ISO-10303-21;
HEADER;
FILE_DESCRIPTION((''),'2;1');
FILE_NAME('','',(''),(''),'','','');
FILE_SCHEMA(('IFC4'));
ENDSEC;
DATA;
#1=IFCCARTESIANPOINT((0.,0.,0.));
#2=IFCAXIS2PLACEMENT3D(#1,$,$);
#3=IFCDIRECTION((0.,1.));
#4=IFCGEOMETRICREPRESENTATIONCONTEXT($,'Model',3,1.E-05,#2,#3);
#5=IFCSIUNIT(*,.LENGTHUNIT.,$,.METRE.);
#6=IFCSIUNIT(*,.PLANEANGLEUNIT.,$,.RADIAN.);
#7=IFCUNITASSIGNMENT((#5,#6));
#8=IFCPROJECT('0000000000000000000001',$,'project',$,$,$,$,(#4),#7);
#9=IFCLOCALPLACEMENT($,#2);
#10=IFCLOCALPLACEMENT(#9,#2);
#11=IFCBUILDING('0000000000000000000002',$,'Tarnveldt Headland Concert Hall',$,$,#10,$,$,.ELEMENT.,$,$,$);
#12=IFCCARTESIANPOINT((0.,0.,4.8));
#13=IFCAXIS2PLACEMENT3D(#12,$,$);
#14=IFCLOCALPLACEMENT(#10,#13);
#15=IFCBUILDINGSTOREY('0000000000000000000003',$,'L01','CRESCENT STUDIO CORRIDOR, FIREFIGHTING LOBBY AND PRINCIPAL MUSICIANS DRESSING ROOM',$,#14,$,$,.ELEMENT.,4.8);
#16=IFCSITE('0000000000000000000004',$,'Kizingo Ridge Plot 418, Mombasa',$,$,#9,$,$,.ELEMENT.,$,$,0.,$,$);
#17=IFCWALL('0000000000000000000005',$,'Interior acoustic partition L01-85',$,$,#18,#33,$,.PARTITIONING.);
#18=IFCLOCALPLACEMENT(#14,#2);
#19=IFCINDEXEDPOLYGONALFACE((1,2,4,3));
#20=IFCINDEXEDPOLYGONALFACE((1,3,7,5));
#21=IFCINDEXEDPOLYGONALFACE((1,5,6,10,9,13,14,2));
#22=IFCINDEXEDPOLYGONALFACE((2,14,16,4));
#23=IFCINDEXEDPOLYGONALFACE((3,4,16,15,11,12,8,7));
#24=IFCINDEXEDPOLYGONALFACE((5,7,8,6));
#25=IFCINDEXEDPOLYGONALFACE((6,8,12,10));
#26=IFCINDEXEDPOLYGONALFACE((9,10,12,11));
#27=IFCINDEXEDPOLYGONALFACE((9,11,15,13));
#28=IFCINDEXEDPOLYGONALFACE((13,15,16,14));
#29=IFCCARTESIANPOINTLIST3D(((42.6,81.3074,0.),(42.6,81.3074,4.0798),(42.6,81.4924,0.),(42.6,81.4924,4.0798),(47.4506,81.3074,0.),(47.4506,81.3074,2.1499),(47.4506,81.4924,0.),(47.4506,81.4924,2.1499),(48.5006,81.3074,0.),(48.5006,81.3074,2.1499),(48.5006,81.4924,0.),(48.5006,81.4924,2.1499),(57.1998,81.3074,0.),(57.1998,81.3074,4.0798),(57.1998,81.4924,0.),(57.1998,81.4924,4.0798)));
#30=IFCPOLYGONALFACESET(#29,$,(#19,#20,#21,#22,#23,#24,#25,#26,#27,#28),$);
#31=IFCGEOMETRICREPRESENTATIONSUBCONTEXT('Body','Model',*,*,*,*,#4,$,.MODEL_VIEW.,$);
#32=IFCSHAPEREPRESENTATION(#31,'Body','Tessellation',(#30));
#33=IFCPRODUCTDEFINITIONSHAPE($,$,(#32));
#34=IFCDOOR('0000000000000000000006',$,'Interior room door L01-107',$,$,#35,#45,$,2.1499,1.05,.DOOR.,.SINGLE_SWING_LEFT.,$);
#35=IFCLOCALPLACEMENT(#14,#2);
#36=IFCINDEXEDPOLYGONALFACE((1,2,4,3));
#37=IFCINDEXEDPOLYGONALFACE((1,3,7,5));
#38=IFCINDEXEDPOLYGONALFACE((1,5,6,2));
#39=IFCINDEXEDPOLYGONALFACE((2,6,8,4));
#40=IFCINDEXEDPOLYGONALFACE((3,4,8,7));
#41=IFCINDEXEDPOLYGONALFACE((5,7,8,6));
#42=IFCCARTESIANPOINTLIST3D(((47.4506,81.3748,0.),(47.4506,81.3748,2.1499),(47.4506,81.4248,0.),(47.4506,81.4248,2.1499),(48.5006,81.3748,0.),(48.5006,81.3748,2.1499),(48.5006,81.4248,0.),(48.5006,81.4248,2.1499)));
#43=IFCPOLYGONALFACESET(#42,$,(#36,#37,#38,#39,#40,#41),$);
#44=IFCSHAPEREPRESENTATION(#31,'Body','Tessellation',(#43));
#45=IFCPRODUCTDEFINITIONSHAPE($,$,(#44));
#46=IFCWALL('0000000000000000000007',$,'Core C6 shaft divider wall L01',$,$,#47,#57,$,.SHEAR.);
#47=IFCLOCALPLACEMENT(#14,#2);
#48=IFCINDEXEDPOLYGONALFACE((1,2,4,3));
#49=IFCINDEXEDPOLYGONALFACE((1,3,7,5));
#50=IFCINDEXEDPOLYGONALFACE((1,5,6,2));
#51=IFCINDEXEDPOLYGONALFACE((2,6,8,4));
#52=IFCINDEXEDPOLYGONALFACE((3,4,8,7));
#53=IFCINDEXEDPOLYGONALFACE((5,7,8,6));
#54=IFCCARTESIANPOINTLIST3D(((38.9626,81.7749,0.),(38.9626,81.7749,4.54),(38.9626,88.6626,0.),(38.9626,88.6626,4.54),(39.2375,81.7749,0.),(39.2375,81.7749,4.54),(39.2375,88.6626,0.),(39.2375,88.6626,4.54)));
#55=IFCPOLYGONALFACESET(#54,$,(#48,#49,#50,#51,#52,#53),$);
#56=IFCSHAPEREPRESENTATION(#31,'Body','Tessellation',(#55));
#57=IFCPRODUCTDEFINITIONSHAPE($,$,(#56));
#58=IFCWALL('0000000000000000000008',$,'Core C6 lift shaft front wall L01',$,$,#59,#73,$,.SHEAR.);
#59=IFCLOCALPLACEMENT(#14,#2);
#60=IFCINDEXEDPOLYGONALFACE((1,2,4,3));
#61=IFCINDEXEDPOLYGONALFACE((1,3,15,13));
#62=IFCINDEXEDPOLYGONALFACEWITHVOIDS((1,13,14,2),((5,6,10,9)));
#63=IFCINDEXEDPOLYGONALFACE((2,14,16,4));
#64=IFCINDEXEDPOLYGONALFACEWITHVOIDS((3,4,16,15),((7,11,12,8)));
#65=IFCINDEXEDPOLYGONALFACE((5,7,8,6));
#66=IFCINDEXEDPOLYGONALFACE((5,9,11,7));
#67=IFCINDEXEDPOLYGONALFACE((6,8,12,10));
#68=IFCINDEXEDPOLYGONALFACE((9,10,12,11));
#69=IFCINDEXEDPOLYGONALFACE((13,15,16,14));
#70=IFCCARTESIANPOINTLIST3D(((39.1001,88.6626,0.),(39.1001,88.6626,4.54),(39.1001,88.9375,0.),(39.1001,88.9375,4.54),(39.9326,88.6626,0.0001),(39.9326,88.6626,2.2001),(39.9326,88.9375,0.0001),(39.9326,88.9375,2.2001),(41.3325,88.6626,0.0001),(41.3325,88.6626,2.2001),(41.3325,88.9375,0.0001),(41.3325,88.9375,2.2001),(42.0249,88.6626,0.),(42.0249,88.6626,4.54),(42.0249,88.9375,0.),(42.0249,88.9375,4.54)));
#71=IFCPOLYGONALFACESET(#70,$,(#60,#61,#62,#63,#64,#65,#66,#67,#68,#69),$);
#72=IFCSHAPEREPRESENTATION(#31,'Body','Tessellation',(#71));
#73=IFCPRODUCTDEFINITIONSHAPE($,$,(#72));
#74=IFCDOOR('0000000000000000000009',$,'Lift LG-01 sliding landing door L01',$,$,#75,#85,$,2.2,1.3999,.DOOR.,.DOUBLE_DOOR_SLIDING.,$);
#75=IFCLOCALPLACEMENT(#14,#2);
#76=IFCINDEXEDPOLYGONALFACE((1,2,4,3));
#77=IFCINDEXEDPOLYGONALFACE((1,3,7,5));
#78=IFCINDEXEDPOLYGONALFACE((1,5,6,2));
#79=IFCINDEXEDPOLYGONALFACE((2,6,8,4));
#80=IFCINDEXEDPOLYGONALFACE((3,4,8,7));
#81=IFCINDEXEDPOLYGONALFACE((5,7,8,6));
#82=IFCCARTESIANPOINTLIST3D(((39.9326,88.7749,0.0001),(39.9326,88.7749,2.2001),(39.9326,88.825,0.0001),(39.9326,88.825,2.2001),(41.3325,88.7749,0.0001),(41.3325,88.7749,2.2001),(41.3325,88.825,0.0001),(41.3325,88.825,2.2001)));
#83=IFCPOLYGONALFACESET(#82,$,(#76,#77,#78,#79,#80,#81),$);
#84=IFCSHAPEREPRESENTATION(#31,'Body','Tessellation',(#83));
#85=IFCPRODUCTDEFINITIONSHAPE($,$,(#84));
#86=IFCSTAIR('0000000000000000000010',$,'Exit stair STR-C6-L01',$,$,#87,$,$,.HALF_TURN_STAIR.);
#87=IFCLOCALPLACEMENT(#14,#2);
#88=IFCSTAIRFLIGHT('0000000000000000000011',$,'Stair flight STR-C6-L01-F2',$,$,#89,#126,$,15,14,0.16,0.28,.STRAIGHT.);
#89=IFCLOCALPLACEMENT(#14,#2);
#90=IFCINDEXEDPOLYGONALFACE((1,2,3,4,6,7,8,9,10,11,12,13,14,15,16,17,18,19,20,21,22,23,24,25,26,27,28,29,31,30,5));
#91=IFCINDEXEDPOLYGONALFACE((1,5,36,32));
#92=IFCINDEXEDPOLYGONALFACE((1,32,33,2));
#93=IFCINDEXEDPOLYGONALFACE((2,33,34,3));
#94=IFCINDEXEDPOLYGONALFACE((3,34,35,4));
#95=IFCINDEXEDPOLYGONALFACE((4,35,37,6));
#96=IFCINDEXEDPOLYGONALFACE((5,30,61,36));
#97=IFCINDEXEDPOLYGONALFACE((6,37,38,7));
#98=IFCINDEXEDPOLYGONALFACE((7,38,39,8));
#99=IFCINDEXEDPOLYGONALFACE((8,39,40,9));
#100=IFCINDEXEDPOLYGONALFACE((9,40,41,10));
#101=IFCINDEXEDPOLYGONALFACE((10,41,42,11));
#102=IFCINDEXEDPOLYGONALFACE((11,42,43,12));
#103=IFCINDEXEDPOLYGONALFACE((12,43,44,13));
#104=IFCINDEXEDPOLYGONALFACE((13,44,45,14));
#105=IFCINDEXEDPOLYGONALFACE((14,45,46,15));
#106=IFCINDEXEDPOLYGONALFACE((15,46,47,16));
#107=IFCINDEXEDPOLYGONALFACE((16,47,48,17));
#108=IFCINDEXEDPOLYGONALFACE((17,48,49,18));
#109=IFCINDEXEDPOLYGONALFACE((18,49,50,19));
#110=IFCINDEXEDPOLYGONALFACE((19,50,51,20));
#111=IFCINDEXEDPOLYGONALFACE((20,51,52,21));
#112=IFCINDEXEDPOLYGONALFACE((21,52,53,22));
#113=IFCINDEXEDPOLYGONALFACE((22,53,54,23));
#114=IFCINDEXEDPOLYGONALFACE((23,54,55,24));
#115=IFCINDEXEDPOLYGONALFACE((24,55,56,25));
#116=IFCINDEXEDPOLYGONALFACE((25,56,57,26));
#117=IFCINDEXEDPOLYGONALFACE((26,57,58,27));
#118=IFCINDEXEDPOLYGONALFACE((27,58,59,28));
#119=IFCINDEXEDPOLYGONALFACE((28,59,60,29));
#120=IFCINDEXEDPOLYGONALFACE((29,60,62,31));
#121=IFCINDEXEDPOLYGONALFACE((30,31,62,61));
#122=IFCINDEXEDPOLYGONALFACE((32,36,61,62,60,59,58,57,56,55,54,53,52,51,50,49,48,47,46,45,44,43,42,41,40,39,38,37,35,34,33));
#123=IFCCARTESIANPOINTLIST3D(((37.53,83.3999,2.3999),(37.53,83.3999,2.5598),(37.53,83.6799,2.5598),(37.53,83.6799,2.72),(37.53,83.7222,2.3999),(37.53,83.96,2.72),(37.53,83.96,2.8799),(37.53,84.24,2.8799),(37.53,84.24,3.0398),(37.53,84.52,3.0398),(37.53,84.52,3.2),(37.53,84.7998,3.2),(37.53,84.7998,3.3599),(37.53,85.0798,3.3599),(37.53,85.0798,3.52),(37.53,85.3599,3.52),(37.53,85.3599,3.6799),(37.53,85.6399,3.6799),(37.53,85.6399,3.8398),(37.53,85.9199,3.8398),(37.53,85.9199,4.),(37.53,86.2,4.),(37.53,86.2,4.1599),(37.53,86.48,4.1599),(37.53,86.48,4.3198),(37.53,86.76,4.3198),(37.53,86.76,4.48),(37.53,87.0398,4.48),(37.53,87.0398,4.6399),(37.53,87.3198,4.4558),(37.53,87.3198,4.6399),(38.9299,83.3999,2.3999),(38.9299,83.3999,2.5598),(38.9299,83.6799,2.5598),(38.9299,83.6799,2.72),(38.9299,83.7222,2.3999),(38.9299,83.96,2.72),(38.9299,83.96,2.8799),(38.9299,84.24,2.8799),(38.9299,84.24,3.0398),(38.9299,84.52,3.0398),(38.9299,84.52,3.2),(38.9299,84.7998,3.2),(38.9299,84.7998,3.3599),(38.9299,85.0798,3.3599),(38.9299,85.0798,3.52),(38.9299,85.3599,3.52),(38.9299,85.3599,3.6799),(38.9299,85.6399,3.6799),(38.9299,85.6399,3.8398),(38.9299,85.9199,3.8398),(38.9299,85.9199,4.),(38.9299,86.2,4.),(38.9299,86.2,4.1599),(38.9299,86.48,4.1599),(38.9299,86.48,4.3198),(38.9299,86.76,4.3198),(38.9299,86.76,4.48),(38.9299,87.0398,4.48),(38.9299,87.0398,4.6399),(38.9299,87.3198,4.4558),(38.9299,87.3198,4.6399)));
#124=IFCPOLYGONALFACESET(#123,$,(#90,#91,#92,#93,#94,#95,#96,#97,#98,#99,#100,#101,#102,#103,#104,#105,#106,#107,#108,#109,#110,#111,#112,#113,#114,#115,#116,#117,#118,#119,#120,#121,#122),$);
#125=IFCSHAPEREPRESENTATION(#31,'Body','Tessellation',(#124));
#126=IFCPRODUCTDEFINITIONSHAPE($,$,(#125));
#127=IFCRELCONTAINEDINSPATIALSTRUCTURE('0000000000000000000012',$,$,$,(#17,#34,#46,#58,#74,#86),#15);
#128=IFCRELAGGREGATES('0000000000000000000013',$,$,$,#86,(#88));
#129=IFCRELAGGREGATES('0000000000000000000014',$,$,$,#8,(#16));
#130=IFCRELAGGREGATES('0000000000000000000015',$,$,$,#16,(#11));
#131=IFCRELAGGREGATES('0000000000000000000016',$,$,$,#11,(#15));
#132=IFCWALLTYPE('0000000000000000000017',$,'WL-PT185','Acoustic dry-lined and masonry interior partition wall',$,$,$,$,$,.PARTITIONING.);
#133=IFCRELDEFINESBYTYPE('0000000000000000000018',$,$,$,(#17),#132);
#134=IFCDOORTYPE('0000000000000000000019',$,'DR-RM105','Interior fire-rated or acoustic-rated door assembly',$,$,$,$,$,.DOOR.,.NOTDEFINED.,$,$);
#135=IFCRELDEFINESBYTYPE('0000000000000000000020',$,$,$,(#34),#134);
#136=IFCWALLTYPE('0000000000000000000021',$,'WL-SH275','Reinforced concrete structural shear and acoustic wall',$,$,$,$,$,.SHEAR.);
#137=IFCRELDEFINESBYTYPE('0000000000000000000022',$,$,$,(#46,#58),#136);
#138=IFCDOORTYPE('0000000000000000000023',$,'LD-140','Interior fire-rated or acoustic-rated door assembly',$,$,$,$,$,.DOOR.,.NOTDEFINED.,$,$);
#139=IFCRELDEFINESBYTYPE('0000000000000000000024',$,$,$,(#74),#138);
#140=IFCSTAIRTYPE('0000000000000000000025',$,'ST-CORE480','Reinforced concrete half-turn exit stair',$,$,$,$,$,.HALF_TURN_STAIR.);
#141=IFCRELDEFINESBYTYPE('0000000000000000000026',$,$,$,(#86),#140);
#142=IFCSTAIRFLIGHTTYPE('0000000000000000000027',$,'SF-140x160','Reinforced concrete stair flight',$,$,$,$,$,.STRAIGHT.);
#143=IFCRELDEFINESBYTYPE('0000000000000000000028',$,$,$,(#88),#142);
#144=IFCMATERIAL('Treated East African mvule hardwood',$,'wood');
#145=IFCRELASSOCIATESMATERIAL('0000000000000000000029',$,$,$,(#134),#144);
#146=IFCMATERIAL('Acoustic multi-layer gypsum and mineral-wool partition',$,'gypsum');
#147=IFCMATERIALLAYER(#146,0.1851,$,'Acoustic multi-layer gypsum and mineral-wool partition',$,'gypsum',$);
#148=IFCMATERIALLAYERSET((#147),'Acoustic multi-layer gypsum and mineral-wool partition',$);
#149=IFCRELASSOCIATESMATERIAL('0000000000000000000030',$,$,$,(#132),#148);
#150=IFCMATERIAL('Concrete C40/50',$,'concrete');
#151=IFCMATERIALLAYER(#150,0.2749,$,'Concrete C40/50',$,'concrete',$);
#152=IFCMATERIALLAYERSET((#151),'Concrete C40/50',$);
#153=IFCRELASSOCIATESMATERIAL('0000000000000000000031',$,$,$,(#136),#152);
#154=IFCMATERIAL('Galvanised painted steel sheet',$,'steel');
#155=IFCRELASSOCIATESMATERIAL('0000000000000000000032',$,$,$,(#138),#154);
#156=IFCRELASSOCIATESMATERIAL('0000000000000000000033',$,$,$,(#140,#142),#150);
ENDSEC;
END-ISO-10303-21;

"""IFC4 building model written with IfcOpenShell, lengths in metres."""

from ifc_helpers import new_model, si_unit, direction, frame, frame_2d, origin, place, context, subcontext, project, spatial, polyline, rectangle, outline, extrude, material, layer, layer_set, type_object, element, fill, aggregate, save


model = new_model("IFC4")

# Units and contexts
model_context = context("Model", 3, precision=1e-05, world=origin(), true_north=direction((0.0, 1.0)))
body_context = subcontext(model_context, "Body", "Model", "MODEL_VIEW")
ifc_project = project(units=[si_unit("LENGTHUNIT", "METRE"), si_unit("PLANEANGLEUNIT", "RADIAN")], contexts=[model_context])

# Site, building, storey
site_placement = place(None, origin())
site = spatial("IfcSite", under=ifc_project, at=site_placement, Name="Kizingo Ridge Plot 418, Mombasa", CompositionType="ELEMENT", RefElevation=0.0)
building_placement = place(site_placement, origin())
building = spatial("IfcBuilding", under=site, at=building_placement, Name="Tarnveldt Headland Concert Hall", CompositionType="ELEMENT")
storey_placement = place(building_placement, frame((0.0, 0.0, 4.8)))
storey = spatial("IfcBuildingStorey", under=building, at=storey_placement, Name="L01", Description="CRESCENT STUDIO CORRIDOR, FIREFIGHTING LOBBY AND PRINCIPAL MUSICIANS DRESSING ROOM", CompositionType="ELEMENT", Elevation=4.8)

# Shared definitions
ifc_material_1 = material(Name="Concrete C40/50", Category="concrete")

# Shared definitions
ifc_material_2 = material(Name="Acoustic multi-layer gypsum and mineral-wool partition", Category="gypsum")
ifc_material_3 = material(Name="Treated East African mvule hardwood", Category="wood")
door_type_1 = type_object("IfcDoorType", Name="DR-RM105", Description="Interior fire-rated or acoustic-rated door assembly", OperationType="NOTDEFINED", PredefinedType="DOOR", material=ifc_material_3)

# Shared definitions
ifc_layer_1 = layer(ifc_material_2, 0.1851, Name="Acoustic multi-layer gypsum and mineral-wool partition", Category="gypsum")
ifc_layer_set_1 = layer_set([ifc_layer_1], Name="Acoustic multi-layer gypsum and mineral-wool partition")
wall_type_1 = type_object("IfcWallType", Name="WL-PT185", Description="Acoustic dry-lined and masonry interior partition wall", PredefinedType="PARTITIONING", material=ifc_layer_set_1)

# Wall, opening, door
wall_1_placement = place(storey_placement, frame((42.6001, 81.3999, 0.0), z_axis=(0.0, 0.0, 1.0), x_axis=(1.0, 0.0, 0.0)))
wall_1 = element("IfcWall", 1, at=wall_1_placement, inside=storey, type_object=wall_type_1, Name="Interior acoustic partition L01-85", PredefinedType="PARTITIONING", context=body_context, shape_type="SweptSolid", body=[
    extrude(rectangle(XDim=14.5999, YDim=0.1851, at=frame_2d((7.2998, 0.0))), origin(), (0.0, 0.0, 1.0), 4.0798),
])
opening_1_placement = place(wall_1_placement, frame((4.8506, 0.0, 0.0)))
opening_1 = element("IfcOpeningElement", 2, at=opening_1_placement, cuts=wall_1, PredefinedType="OPENING", context=body_context, shape_type="SweptSolid", body=[
    extrude(rectangle(XDim=1.05, YDim=2.1499, at=frame_2d((0.5249, 1.075))), frame((0.0, 0.1025, 0.0), z_axis=(0.0, -1.0, 0.0), x_axis=(1.0, 0.0, 0.0)), (0.0, 0.0, 1.0), 0.2051),
])
door_1_placement = place(opening_1_placement, origin())
door_1 = element("IfcDoor", 3, at=door_1_placement, inside=storey, type_object=door_type_1, Name="Interior room door L01-107", OperationType="SINGLE_SWING_LEFT", OverallHeight=2.1499, OverallWidth=1.05, PredefinedType="DOOR", context=body_context, shape_type="SweptSolid", body=[
    extrude(rectangle(XDim=1.05, YDim=2.1499, at=frame_2d((0.5249, 1.075))), frame((0.0, 0.0249, 0.0), z_axis=(0.0, -1.0, 0.0), x_axis=(1.0, 0.0, 0.0)), (0.0, 0.0, 1.0), 0.05),
])
fill(opening_1, door_1)

# Wall
ifc_layer_2 = layer(ifc_material_1, 0.2749, Name="Concrete C40/50", Category="concrete")
ifc_layer_set_2 = layer_set([ifc_layer_2], Name="Concrete C40/50")
wall_type_2 = type_object("IfcWallType", Name="WL-SH275", Description="Reinforced concrete structural shear and acoustic wall", PredefinedType="SHEAR", material=ifc_layer_set_2)
wall_2_placement = place(storey_placement, frame((39.1001, 81.7749, 0.0), z_axis=(0.0, 0.0, 1.0), x_axis=(0.0, 1.0, 0.0)))
element("IfcWall", 4, at=wall_2_placement, inside=storey, type_object=wall_type_2, Name="Core C6 shaft divider wall L01", PredefinedType="SHEAR", context=body_context, shape_type="SweptSolid", body=[
    extrude(rectangle(XDim=6.8877, YDim=0.2749, at=frame_2d((3.4438, 0.0))), origin(), (0.0, 0.0, 1.0), 4.54),
])

# Wall, opening, door
wall_3_placement = place(storey_placement, frame((39.1001, 88.8, 0.0), z_axis=(0.0, 0.0, 1.0), x_axis=(1.0, 0.0, 0.0)))
wall_3 = element("IfcWall", 5, at=wall_3_placement, inside=storey, type_object=wall_type_2, Name="Core C6 lift shaft front wall L01", PredefinedType="SHEAR", context=body_context, shape_type="SweptSolid", body=[
    extrude(rectangle(XDim=2.9248, YDim=0.2749, at=frame_2d((1.4624, 0.0))), origin(), (0.0, 0.0, 1.0), 4.54),
])
opening_2_placement = place(wall_3_placement, frame((0.8325, 0.0, 0.0)))
opening_2 = element("IfcOpeningElement", 6, at=opening_2_placement, cuts=wall_3, PredefinedType="OPENING", context=body_context, shape_type="SweptSolid", body=[
    extrude(rectangle(XDim=1.3999, YDim=2.2, at=frame_2d((0.7, 1.1001))), frame((0.0, 0.1475, 0.0), z_axis=(0.0, -1.0, 0.0), x_axis=(1.0, 0.0, 0.0)), (0.0, 0.0, 1.0), 0.2949),
])
ifc_material_4 = material(Name="Galvanised painted steel sheet", Category="steel")
door_type_2 = type_object("IfcDoorType", Name="LD-140", Description="Interior fire-rated or acoustic-rated door assembly", OperationType="NOTDEFINED", PredefinedType="DOOR", material=ifc_material_4)
door_2_placement = place(opening_2_placement, origin())
door_2 = element("IfcDoor", 7, at=door_2_placement, inside=storey, type_object=door_type_2, Name="Lift LG-01 sliding landing door L01", OperationType="DOUBLE_DOOR_SLIDING", OverallHeight=2.2, OverallWidth=1.3999, PredefinedType="DOOR", context=body_context, shape_type="SweptSolid", body=[
    extrude(rectangle(XDim=1.3999, YDim=2.2, at=frame_2d((0.7, 1.1001))), frame((0.0, 0.0249, 0.0), z_axis=(0.0, -1.0, 0.0), x_axis=(1.0, 0.0, 0.0)), (0.0, 0.0, 1.0), 0.05),
])
fill(opening_2, door_2)

# Stair, stair flight
stair_type = type_object("IfcStairType", Name="ST-CORE480", Description="Reinforced concrete half-turn exit stair", PredefinedType="HALF_TURN_STAIR", material=ifc_material_1)
stair_placement = place(storey_placement, origin())
stair = element("IfcStair", 8, at=stair_placement, inside=storey, type_object=stair_type, Name="Exit stair STR-C6-L01", PredefinedType="HALF_TURN_STAIR")
stair_flight_type = type_object("IfcStairFlightType", Name="SF-140x160", Description="Reinforced concrete stair flight", PredefinedType="STRAIGHT", material=ifc_material_1)
stair_flight_placement = place(storey_placement, frame((38.23, 83.3999, 2.3999), z_axis=(0.0, 0.0, 1.0), x_axis=(0.0, 1.0, 0.0)))
stair_flight = element("IfcStairFlight", 9, at=stair_flight_placement, type_object=stair_flight_type, Name="Stair flight STR-C6-L01-F2", NumberOfRisers=15, NumberOfTreads=14, PredefinedType="STRAIGHT", RiserHeight=0.16, TreadLength=0.28, context=body_context, shape_type="SweptSolid", body=[
    extrude(outline(polyline([(0.0, 0.0), (0.0, 0.1599), (0.28, 0.1599), (0.28, 0.3201), (0.5601, 0.3201), (0.5601, 0.48), (0.8401, 0.48), (0.8401, 0.6399), (1.1201, 0.6399), (1.1201, 0.8), (1.3999, 0.8), (1.3999, 0.96), (1.6799, 0.96), (1.6799, 1.1201), (1.96, 1.1201), (1.96, 1.28), (2.24, 1.28), (2.24, 1.4399), (2.52, 1.4399), (2.52, 1.6001), (2.8, 1.6001), (2.8, 1.76), (3.0801, 1.76), (3.0801, 1.9199), (3.3601, 1.9199), (3.3601, 2.0801), (3.6399, 2.0801), (3.6399, 2.24), (3.9199, 2.24), (3.9199, 2.3999), (3.9199, 2.0559), (0.3223, 0.0), (0.0, 0.0)])), frame((0.0, 0.7, 0.0), z_axis=(0.0, -1.0, 0.0), x_axis=(1.0, 0.0, 0.0)), (0.0, 0.0, 1.0), 1.3999),
])
aggregate(stair, [stair_flight])

save(model, "model.ifc")
